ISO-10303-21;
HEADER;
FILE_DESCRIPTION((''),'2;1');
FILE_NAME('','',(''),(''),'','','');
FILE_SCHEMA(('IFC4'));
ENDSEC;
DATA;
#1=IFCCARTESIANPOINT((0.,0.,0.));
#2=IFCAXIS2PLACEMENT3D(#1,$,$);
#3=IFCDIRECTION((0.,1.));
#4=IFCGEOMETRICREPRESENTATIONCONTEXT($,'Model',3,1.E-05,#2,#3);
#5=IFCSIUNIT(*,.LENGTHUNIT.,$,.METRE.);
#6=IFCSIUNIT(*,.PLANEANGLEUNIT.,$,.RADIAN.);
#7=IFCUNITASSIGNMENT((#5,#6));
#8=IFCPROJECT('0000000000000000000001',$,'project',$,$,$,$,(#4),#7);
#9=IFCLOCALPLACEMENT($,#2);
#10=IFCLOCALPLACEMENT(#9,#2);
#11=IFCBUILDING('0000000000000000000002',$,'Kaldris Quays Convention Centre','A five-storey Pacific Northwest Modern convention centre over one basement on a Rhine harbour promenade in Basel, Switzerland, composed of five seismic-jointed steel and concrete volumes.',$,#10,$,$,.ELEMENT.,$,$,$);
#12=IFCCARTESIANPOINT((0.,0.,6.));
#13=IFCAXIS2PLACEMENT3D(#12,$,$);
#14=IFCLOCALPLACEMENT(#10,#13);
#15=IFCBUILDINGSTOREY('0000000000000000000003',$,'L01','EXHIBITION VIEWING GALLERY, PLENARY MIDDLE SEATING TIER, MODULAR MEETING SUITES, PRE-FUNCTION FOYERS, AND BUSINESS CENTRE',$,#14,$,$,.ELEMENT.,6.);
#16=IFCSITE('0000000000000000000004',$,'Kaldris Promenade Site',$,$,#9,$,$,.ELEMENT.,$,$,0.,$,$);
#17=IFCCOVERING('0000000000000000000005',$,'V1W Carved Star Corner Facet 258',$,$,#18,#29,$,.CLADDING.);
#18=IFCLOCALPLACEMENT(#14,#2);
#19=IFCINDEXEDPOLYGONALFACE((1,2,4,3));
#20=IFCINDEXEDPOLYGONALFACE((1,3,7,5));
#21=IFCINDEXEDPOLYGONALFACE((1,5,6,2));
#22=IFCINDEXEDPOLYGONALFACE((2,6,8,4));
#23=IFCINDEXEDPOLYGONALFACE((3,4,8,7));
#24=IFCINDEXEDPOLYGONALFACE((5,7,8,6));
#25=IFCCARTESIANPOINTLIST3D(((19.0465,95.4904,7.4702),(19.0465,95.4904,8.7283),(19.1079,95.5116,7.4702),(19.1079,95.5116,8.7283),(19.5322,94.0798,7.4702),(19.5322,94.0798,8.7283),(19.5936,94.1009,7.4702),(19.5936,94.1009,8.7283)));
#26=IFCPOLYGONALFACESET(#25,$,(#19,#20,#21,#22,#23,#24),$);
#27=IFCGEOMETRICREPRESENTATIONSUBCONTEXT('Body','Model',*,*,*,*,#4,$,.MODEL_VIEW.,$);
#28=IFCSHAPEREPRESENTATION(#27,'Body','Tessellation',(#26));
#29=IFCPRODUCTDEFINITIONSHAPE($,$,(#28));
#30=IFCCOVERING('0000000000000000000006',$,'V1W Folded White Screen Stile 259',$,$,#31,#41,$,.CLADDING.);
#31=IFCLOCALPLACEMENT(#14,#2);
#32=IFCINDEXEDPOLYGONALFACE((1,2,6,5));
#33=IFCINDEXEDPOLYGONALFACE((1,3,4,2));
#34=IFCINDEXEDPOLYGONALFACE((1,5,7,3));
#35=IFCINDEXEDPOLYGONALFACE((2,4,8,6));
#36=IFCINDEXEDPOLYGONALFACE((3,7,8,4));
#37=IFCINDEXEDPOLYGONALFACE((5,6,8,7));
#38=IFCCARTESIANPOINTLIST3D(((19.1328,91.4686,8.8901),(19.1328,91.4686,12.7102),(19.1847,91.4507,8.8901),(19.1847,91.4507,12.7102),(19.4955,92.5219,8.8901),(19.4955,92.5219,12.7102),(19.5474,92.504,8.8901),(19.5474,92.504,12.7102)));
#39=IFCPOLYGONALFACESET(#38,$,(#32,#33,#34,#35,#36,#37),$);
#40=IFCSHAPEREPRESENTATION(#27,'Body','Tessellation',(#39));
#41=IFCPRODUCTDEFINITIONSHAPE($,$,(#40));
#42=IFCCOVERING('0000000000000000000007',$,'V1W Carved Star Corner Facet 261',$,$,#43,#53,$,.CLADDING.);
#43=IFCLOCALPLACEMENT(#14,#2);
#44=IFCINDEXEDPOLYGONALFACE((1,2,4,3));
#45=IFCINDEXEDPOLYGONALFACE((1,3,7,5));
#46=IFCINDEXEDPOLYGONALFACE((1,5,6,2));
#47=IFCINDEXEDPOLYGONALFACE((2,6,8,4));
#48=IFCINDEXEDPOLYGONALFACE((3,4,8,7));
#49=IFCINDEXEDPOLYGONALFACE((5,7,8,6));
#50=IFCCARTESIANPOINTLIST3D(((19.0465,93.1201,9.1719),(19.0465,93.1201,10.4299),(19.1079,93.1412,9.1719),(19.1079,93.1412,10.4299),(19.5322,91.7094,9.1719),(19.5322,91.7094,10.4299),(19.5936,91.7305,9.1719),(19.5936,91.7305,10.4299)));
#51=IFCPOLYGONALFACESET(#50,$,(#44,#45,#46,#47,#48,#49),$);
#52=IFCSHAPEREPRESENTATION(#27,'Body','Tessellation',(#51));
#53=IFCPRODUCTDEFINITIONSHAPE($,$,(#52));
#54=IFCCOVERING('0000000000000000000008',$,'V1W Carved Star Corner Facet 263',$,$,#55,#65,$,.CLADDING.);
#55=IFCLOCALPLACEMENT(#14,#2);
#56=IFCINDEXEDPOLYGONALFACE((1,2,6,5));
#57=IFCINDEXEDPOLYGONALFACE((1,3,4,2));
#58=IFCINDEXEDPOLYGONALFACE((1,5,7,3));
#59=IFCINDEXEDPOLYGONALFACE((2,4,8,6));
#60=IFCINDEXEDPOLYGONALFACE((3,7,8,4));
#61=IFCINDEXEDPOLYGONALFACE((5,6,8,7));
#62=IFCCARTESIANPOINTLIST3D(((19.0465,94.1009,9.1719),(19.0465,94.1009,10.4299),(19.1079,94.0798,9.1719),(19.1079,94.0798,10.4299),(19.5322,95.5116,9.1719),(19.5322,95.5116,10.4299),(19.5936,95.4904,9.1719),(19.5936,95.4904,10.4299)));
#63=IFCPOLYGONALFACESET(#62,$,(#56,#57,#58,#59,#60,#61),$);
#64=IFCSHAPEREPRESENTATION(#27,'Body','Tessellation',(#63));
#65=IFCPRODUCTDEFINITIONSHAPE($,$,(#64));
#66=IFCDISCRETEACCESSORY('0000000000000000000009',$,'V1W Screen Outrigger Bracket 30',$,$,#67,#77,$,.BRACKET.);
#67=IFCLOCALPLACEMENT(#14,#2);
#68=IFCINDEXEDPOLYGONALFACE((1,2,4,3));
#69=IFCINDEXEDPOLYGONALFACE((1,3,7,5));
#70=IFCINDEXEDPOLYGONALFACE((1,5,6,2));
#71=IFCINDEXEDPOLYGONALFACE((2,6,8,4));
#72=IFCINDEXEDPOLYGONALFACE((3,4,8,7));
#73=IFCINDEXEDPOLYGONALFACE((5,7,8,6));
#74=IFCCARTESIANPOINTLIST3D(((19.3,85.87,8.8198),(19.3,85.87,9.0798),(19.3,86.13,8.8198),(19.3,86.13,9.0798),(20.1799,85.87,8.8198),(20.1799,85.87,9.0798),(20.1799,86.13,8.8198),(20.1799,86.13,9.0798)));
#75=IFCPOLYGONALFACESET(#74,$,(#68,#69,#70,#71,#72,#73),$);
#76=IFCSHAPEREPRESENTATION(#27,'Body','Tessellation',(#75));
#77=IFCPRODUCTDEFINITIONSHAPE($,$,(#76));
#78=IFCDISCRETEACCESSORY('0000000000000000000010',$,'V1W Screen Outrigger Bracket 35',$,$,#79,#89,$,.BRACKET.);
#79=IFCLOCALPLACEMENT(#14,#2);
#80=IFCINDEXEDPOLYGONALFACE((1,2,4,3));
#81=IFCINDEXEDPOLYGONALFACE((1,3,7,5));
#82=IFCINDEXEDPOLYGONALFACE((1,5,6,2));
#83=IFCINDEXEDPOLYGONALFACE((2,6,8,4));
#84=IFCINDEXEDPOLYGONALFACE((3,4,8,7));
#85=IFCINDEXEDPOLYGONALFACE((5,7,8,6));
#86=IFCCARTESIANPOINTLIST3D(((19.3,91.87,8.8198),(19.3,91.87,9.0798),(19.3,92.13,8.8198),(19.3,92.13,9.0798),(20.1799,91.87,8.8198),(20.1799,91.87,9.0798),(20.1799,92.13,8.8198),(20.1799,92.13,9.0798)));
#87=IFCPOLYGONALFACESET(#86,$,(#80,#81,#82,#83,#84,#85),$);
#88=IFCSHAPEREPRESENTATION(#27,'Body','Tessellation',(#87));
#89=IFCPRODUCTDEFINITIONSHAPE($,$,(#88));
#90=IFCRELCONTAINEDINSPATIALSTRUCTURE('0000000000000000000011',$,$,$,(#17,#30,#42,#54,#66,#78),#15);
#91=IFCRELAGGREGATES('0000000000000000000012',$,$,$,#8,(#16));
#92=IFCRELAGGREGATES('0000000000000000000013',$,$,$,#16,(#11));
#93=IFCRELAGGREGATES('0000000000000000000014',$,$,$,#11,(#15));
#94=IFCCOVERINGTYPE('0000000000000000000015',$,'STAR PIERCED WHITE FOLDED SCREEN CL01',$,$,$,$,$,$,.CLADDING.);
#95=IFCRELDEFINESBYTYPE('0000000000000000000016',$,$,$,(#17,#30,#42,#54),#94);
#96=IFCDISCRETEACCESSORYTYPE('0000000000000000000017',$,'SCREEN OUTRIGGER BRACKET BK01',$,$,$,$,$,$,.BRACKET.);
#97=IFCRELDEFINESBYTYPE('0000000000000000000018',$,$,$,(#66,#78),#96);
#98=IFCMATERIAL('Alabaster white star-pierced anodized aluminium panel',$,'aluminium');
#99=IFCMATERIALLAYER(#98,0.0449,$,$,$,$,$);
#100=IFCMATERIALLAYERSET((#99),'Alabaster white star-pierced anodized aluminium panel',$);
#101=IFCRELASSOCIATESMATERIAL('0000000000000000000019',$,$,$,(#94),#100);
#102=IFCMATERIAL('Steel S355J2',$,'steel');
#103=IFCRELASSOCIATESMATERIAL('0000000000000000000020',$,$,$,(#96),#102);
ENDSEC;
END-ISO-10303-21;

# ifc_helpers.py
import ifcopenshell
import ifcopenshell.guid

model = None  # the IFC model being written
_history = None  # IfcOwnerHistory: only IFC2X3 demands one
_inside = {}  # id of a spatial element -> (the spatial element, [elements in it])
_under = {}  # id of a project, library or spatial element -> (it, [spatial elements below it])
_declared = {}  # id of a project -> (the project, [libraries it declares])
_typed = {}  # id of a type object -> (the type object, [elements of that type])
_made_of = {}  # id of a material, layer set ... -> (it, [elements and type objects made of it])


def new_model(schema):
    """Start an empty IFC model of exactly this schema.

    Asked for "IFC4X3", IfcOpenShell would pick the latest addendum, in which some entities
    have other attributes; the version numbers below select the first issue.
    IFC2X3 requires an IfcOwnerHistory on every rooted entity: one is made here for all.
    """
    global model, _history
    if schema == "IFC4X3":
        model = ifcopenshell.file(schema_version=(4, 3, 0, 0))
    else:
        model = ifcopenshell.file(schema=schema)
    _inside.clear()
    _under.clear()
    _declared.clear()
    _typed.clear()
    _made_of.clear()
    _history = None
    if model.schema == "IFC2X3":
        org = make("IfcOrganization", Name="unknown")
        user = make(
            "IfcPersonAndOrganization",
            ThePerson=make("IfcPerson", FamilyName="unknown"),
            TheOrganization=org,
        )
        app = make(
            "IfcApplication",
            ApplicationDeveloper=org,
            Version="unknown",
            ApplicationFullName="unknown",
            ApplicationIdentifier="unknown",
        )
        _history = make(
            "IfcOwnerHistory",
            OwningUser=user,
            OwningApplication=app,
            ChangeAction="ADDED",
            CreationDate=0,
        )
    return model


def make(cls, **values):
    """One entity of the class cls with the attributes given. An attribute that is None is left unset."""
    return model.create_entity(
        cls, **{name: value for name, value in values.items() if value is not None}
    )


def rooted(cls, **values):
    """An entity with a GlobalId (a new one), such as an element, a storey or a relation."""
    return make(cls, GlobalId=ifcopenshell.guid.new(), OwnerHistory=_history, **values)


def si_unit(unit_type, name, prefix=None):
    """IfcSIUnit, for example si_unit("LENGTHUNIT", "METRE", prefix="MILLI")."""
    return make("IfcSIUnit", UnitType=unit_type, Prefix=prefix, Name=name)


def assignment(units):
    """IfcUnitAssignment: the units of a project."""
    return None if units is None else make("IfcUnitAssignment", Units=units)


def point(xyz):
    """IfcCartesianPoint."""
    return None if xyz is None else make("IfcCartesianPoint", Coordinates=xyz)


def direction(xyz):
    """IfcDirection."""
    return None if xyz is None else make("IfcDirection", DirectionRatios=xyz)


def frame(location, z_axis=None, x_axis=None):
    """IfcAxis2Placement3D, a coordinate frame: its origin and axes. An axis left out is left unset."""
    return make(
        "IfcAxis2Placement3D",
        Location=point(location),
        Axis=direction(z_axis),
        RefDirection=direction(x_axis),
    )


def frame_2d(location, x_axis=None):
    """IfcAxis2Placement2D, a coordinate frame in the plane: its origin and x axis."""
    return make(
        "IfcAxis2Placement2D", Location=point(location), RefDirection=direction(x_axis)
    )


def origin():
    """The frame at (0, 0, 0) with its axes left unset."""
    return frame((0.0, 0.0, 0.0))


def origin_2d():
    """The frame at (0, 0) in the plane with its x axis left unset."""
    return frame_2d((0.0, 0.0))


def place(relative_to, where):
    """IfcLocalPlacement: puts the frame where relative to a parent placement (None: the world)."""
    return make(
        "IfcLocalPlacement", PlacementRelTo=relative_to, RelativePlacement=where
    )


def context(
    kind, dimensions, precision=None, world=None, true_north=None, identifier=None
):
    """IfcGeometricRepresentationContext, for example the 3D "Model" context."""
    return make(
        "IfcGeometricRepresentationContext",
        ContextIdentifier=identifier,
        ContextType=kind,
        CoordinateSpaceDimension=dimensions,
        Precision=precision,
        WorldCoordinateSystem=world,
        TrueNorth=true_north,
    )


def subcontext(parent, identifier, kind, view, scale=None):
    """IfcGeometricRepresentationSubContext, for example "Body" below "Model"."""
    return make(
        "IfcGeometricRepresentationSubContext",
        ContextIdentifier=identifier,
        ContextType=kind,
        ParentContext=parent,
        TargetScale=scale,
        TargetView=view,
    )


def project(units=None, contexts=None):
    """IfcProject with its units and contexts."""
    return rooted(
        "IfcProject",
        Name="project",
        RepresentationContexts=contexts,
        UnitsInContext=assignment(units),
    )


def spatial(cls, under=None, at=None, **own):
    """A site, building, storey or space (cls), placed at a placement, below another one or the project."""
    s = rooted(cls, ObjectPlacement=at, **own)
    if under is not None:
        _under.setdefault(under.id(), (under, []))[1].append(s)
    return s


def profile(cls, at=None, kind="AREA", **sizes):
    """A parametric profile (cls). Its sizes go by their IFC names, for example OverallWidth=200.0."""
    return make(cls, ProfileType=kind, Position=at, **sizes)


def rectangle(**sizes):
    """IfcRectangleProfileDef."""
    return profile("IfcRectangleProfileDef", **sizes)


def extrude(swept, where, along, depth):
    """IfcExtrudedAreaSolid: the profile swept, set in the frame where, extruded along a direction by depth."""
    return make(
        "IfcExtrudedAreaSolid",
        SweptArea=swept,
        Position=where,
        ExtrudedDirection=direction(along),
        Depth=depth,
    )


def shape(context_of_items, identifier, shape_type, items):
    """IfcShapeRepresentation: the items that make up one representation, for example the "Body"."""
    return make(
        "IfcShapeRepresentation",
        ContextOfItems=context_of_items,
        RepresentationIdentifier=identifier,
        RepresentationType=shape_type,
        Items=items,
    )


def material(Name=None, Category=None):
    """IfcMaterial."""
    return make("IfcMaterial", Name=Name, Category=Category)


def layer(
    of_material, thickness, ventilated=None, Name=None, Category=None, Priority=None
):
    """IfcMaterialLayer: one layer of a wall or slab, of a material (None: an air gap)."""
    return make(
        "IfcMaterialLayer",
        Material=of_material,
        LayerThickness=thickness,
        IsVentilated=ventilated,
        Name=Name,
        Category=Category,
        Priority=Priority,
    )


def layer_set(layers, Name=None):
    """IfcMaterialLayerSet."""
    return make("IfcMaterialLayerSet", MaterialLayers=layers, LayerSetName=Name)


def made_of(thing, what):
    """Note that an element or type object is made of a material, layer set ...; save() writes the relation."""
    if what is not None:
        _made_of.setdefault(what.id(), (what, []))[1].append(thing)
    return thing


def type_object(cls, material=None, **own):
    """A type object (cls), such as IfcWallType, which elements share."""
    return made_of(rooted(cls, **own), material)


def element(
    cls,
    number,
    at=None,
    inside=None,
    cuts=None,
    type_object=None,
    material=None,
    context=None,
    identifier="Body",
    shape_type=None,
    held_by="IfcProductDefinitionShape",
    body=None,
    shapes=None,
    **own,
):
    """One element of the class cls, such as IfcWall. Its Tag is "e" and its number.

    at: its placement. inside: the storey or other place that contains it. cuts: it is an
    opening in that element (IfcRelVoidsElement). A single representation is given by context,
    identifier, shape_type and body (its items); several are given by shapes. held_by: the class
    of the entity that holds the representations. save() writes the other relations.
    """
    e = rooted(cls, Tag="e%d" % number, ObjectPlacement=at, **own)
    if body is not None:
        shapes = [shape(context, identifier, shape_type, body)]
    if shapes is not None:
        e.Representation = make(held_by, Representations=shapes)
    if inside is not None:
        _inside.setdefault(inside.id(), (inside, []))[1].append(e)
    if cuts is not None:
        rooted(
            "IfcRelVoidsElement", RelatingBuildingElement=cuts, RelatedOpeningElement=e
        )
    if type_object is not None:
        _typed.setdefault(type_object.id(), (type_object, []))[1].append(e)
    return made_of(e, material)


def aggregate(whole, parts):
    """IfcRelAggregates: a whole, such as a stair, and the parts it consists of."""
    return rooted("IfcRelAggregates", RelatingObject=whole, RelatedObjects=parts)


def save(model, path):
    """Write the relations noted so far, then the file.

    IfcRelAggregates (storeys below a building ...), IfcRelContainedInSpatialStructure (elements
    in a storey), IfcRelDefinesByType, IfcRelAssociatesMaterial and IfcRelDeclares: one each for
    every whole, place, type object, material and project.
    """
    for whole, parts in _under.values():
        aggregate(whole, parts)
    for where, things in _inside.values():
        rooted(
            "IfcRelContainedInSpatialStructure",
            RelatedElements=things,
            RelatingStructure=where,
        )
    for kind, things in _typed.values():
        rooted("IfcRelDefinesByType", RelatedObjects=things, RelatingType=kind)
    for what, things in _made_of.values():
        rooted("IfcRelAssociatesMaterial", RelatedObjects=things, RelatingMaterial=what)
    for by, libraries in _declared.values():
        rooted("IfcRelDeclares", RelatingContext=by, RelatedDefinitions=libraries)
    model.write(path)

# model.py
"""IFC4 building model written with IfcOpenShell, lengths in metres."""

from ifc_helpers import new_model, si_unit, direction, frame, origin, origin_2d, place, context, subcontext, project, spatial, rectangle, extrude, material, layer, layer_set, type_object, element, save


model = new_model("IFC4")

# Units and contexts
model_context = context("Model", 3, precision=1e-05, world=origin(), true_north=direction((0.0, 1.0)))
body_context = subcontext(model_context, "Body", "Model", "MODEL_VIEW")
ifc_project = project(units=[si_unit("LENGTHUNIT", "METRE"), si_unit("PLANEANGLEUNIT", "RADIAN")], contexts=[model_context])

# Site, building, storey
site_placement = place(None, origin())
site = spatial("IfcSite", under=ifc_project, at=site_placement, Name="Kaldris Promenade Site", CompositionType="ELEMENT", RefElevation=0.0)
building_placement = place(site_placement, origin())
building = spatial("IfcBuilding", under=site, at=building_placement, Name="Kaldris Quays Convention Centre", Description="A five-storey Pacific Northwest Modern convention centre over one basement on a Rhine harbour promenade in Basel, Switzerland, composed of five seismic-jointed steel and concrete volumes.", CompositionType="ELEMENT")
storey_placement = place(building_placement, frame((0.0, 0.0, 6.0)))
storey = spatial("IfcBuildingStorey", under=building, at=storey_placement, Name="L01", Description="EXHIBITION VIEWING GALLERY, PLENARY MIDDLE SEATING TIER, MODULAR MEETING SUITES, PRE-FUNCTION FOYERS, AND BUSINESS CENTRE", CompositionType="ELEMENT", Elevation=6.0)

# Coverings
ifc_material_1 = material(Name="Alabaster white star-pierced anodized aluminium panel", Category="aluminium")
ifc_layer = layer(ifc_material_1, 0.0449)
ifc_layer_set = layer_set([ifc_layer], Name="Alabaster white star-pierced anodized aluminium panel")
covering_type = type_object("IfcCoveringType", Name="STAR PIERCED WHITE FOLDED SCREEN CL01", PredefinedType="CLADDING", material=ifc_layer_set)
for number, where, z_axis, x_axis, name in (
    (1, (19.3201, 94.7957, 7.4702), (0.0, 0.0, 1.0), (-0.325568, 0.945519, 0.0), "V1W Carved Star Corner Facet 258"),
):
    element("IfcCovering", number, at=place(storey_placement, frame(where, z_axis=z_axis, x_axis=x_axis)), inside=storey, type_object=covering_type, Name=name, PredefinedType="CLADDING", context=body_context, shape_type="SweptSolid", body=[
        extrude(rectangle(XDim=1.4919, YDim=0.0649, at=origin_2d()), origin(), (0.0, 0.0, 1.0), 1.2581),
    ])
covering_placement = place(storey_placement, frame((19.3401, 91.9863, 8.8901), z_axis=(0.0, 0.0, 1.0), x_axis=(0.325568, 0.945519, 0.0)))
element("IfcCovering", 2, at=covering_placement, inside=storey, type_object=covering_type, Name="V1W Folded White Screen Stile 259", PredefinedType="CLADDING", context=body_context, shape_type="SweptSolid", body=[
    extrude(rectangle(XDim=1.114, YDim=0.0549, at=origin_2d()), origin(), (0.0, 0.0, 1.0), 3.8201),
])
for number, where, z_axis, x_axis, name in (
    (3, (19.3201, 92.4253, 9.1719), (0.0, 0.0, 1.0), (-0.325568, 0.945519, 0.0), "V1W Carved Star Corner Facet 261"),
    (4, (19.3201, 94.7957, 9.1719), (0.0, 0.0, 1.0), (0.325568, 0.945519, 0.0), "V1W Carved Star Corner Facet 263"),
):
    element("IfcCovering", number, at=place(storey_placement, frame(where, z_axis=z_axis, x_axis=x_axis)), inside=storey, type_object=covering_type, Name=name, PredefinedType="CLADDING", context=body_context, shape_type="SweptSolid", body=[
        extrude(rectangle(XDim=1.4919, YDim=0.0649, at=origin_2d()), origin(), (0.0, 0.0, 1.0), 1.2581),
    ])

# Discrete accessories
ifc_material_2 = material(Name="Steel S355J2", Category="steel")
discrete_accessory_type = type_object("IfcDiscreteAccessoryType", Name="SCREEN OUTRIGGER BRACKET BK01", PredefinedType="BRACKET", material=ifc_material_2)
for number, where, z_axis, x_axis, name in (
    (5, (19.74, 86.0, 8.8198), (0.0, 0.0, 1.0), (0.0, 1.0, 0.0), "V1W Screen Outrigger Bracket 30"),
    (6, (19.74, 92.0, 8.8198), (0.0, 0.0, 1.0), (0.0, 1.0, 0.0), "V1W Screen Outrigger Bracket 35"),
):
    element("IfcDiscreteAccessory", number, at=place(storey_placement, frame(where, z_axis=z_axis, x_axis=x_axis)), inside=storey, type_object=discrete_accessory_type, Name=name, PredefinedType="BRACKET", context=body_context, shape_type="SweptSolid", body=[
        extrude(rectangle(XDim=0.26, YDim=0.8799, at=origin_2d()), origin(), (0.0, 0.0, 1.0), 0.26),
    ])

save(model, "model.ifc")
